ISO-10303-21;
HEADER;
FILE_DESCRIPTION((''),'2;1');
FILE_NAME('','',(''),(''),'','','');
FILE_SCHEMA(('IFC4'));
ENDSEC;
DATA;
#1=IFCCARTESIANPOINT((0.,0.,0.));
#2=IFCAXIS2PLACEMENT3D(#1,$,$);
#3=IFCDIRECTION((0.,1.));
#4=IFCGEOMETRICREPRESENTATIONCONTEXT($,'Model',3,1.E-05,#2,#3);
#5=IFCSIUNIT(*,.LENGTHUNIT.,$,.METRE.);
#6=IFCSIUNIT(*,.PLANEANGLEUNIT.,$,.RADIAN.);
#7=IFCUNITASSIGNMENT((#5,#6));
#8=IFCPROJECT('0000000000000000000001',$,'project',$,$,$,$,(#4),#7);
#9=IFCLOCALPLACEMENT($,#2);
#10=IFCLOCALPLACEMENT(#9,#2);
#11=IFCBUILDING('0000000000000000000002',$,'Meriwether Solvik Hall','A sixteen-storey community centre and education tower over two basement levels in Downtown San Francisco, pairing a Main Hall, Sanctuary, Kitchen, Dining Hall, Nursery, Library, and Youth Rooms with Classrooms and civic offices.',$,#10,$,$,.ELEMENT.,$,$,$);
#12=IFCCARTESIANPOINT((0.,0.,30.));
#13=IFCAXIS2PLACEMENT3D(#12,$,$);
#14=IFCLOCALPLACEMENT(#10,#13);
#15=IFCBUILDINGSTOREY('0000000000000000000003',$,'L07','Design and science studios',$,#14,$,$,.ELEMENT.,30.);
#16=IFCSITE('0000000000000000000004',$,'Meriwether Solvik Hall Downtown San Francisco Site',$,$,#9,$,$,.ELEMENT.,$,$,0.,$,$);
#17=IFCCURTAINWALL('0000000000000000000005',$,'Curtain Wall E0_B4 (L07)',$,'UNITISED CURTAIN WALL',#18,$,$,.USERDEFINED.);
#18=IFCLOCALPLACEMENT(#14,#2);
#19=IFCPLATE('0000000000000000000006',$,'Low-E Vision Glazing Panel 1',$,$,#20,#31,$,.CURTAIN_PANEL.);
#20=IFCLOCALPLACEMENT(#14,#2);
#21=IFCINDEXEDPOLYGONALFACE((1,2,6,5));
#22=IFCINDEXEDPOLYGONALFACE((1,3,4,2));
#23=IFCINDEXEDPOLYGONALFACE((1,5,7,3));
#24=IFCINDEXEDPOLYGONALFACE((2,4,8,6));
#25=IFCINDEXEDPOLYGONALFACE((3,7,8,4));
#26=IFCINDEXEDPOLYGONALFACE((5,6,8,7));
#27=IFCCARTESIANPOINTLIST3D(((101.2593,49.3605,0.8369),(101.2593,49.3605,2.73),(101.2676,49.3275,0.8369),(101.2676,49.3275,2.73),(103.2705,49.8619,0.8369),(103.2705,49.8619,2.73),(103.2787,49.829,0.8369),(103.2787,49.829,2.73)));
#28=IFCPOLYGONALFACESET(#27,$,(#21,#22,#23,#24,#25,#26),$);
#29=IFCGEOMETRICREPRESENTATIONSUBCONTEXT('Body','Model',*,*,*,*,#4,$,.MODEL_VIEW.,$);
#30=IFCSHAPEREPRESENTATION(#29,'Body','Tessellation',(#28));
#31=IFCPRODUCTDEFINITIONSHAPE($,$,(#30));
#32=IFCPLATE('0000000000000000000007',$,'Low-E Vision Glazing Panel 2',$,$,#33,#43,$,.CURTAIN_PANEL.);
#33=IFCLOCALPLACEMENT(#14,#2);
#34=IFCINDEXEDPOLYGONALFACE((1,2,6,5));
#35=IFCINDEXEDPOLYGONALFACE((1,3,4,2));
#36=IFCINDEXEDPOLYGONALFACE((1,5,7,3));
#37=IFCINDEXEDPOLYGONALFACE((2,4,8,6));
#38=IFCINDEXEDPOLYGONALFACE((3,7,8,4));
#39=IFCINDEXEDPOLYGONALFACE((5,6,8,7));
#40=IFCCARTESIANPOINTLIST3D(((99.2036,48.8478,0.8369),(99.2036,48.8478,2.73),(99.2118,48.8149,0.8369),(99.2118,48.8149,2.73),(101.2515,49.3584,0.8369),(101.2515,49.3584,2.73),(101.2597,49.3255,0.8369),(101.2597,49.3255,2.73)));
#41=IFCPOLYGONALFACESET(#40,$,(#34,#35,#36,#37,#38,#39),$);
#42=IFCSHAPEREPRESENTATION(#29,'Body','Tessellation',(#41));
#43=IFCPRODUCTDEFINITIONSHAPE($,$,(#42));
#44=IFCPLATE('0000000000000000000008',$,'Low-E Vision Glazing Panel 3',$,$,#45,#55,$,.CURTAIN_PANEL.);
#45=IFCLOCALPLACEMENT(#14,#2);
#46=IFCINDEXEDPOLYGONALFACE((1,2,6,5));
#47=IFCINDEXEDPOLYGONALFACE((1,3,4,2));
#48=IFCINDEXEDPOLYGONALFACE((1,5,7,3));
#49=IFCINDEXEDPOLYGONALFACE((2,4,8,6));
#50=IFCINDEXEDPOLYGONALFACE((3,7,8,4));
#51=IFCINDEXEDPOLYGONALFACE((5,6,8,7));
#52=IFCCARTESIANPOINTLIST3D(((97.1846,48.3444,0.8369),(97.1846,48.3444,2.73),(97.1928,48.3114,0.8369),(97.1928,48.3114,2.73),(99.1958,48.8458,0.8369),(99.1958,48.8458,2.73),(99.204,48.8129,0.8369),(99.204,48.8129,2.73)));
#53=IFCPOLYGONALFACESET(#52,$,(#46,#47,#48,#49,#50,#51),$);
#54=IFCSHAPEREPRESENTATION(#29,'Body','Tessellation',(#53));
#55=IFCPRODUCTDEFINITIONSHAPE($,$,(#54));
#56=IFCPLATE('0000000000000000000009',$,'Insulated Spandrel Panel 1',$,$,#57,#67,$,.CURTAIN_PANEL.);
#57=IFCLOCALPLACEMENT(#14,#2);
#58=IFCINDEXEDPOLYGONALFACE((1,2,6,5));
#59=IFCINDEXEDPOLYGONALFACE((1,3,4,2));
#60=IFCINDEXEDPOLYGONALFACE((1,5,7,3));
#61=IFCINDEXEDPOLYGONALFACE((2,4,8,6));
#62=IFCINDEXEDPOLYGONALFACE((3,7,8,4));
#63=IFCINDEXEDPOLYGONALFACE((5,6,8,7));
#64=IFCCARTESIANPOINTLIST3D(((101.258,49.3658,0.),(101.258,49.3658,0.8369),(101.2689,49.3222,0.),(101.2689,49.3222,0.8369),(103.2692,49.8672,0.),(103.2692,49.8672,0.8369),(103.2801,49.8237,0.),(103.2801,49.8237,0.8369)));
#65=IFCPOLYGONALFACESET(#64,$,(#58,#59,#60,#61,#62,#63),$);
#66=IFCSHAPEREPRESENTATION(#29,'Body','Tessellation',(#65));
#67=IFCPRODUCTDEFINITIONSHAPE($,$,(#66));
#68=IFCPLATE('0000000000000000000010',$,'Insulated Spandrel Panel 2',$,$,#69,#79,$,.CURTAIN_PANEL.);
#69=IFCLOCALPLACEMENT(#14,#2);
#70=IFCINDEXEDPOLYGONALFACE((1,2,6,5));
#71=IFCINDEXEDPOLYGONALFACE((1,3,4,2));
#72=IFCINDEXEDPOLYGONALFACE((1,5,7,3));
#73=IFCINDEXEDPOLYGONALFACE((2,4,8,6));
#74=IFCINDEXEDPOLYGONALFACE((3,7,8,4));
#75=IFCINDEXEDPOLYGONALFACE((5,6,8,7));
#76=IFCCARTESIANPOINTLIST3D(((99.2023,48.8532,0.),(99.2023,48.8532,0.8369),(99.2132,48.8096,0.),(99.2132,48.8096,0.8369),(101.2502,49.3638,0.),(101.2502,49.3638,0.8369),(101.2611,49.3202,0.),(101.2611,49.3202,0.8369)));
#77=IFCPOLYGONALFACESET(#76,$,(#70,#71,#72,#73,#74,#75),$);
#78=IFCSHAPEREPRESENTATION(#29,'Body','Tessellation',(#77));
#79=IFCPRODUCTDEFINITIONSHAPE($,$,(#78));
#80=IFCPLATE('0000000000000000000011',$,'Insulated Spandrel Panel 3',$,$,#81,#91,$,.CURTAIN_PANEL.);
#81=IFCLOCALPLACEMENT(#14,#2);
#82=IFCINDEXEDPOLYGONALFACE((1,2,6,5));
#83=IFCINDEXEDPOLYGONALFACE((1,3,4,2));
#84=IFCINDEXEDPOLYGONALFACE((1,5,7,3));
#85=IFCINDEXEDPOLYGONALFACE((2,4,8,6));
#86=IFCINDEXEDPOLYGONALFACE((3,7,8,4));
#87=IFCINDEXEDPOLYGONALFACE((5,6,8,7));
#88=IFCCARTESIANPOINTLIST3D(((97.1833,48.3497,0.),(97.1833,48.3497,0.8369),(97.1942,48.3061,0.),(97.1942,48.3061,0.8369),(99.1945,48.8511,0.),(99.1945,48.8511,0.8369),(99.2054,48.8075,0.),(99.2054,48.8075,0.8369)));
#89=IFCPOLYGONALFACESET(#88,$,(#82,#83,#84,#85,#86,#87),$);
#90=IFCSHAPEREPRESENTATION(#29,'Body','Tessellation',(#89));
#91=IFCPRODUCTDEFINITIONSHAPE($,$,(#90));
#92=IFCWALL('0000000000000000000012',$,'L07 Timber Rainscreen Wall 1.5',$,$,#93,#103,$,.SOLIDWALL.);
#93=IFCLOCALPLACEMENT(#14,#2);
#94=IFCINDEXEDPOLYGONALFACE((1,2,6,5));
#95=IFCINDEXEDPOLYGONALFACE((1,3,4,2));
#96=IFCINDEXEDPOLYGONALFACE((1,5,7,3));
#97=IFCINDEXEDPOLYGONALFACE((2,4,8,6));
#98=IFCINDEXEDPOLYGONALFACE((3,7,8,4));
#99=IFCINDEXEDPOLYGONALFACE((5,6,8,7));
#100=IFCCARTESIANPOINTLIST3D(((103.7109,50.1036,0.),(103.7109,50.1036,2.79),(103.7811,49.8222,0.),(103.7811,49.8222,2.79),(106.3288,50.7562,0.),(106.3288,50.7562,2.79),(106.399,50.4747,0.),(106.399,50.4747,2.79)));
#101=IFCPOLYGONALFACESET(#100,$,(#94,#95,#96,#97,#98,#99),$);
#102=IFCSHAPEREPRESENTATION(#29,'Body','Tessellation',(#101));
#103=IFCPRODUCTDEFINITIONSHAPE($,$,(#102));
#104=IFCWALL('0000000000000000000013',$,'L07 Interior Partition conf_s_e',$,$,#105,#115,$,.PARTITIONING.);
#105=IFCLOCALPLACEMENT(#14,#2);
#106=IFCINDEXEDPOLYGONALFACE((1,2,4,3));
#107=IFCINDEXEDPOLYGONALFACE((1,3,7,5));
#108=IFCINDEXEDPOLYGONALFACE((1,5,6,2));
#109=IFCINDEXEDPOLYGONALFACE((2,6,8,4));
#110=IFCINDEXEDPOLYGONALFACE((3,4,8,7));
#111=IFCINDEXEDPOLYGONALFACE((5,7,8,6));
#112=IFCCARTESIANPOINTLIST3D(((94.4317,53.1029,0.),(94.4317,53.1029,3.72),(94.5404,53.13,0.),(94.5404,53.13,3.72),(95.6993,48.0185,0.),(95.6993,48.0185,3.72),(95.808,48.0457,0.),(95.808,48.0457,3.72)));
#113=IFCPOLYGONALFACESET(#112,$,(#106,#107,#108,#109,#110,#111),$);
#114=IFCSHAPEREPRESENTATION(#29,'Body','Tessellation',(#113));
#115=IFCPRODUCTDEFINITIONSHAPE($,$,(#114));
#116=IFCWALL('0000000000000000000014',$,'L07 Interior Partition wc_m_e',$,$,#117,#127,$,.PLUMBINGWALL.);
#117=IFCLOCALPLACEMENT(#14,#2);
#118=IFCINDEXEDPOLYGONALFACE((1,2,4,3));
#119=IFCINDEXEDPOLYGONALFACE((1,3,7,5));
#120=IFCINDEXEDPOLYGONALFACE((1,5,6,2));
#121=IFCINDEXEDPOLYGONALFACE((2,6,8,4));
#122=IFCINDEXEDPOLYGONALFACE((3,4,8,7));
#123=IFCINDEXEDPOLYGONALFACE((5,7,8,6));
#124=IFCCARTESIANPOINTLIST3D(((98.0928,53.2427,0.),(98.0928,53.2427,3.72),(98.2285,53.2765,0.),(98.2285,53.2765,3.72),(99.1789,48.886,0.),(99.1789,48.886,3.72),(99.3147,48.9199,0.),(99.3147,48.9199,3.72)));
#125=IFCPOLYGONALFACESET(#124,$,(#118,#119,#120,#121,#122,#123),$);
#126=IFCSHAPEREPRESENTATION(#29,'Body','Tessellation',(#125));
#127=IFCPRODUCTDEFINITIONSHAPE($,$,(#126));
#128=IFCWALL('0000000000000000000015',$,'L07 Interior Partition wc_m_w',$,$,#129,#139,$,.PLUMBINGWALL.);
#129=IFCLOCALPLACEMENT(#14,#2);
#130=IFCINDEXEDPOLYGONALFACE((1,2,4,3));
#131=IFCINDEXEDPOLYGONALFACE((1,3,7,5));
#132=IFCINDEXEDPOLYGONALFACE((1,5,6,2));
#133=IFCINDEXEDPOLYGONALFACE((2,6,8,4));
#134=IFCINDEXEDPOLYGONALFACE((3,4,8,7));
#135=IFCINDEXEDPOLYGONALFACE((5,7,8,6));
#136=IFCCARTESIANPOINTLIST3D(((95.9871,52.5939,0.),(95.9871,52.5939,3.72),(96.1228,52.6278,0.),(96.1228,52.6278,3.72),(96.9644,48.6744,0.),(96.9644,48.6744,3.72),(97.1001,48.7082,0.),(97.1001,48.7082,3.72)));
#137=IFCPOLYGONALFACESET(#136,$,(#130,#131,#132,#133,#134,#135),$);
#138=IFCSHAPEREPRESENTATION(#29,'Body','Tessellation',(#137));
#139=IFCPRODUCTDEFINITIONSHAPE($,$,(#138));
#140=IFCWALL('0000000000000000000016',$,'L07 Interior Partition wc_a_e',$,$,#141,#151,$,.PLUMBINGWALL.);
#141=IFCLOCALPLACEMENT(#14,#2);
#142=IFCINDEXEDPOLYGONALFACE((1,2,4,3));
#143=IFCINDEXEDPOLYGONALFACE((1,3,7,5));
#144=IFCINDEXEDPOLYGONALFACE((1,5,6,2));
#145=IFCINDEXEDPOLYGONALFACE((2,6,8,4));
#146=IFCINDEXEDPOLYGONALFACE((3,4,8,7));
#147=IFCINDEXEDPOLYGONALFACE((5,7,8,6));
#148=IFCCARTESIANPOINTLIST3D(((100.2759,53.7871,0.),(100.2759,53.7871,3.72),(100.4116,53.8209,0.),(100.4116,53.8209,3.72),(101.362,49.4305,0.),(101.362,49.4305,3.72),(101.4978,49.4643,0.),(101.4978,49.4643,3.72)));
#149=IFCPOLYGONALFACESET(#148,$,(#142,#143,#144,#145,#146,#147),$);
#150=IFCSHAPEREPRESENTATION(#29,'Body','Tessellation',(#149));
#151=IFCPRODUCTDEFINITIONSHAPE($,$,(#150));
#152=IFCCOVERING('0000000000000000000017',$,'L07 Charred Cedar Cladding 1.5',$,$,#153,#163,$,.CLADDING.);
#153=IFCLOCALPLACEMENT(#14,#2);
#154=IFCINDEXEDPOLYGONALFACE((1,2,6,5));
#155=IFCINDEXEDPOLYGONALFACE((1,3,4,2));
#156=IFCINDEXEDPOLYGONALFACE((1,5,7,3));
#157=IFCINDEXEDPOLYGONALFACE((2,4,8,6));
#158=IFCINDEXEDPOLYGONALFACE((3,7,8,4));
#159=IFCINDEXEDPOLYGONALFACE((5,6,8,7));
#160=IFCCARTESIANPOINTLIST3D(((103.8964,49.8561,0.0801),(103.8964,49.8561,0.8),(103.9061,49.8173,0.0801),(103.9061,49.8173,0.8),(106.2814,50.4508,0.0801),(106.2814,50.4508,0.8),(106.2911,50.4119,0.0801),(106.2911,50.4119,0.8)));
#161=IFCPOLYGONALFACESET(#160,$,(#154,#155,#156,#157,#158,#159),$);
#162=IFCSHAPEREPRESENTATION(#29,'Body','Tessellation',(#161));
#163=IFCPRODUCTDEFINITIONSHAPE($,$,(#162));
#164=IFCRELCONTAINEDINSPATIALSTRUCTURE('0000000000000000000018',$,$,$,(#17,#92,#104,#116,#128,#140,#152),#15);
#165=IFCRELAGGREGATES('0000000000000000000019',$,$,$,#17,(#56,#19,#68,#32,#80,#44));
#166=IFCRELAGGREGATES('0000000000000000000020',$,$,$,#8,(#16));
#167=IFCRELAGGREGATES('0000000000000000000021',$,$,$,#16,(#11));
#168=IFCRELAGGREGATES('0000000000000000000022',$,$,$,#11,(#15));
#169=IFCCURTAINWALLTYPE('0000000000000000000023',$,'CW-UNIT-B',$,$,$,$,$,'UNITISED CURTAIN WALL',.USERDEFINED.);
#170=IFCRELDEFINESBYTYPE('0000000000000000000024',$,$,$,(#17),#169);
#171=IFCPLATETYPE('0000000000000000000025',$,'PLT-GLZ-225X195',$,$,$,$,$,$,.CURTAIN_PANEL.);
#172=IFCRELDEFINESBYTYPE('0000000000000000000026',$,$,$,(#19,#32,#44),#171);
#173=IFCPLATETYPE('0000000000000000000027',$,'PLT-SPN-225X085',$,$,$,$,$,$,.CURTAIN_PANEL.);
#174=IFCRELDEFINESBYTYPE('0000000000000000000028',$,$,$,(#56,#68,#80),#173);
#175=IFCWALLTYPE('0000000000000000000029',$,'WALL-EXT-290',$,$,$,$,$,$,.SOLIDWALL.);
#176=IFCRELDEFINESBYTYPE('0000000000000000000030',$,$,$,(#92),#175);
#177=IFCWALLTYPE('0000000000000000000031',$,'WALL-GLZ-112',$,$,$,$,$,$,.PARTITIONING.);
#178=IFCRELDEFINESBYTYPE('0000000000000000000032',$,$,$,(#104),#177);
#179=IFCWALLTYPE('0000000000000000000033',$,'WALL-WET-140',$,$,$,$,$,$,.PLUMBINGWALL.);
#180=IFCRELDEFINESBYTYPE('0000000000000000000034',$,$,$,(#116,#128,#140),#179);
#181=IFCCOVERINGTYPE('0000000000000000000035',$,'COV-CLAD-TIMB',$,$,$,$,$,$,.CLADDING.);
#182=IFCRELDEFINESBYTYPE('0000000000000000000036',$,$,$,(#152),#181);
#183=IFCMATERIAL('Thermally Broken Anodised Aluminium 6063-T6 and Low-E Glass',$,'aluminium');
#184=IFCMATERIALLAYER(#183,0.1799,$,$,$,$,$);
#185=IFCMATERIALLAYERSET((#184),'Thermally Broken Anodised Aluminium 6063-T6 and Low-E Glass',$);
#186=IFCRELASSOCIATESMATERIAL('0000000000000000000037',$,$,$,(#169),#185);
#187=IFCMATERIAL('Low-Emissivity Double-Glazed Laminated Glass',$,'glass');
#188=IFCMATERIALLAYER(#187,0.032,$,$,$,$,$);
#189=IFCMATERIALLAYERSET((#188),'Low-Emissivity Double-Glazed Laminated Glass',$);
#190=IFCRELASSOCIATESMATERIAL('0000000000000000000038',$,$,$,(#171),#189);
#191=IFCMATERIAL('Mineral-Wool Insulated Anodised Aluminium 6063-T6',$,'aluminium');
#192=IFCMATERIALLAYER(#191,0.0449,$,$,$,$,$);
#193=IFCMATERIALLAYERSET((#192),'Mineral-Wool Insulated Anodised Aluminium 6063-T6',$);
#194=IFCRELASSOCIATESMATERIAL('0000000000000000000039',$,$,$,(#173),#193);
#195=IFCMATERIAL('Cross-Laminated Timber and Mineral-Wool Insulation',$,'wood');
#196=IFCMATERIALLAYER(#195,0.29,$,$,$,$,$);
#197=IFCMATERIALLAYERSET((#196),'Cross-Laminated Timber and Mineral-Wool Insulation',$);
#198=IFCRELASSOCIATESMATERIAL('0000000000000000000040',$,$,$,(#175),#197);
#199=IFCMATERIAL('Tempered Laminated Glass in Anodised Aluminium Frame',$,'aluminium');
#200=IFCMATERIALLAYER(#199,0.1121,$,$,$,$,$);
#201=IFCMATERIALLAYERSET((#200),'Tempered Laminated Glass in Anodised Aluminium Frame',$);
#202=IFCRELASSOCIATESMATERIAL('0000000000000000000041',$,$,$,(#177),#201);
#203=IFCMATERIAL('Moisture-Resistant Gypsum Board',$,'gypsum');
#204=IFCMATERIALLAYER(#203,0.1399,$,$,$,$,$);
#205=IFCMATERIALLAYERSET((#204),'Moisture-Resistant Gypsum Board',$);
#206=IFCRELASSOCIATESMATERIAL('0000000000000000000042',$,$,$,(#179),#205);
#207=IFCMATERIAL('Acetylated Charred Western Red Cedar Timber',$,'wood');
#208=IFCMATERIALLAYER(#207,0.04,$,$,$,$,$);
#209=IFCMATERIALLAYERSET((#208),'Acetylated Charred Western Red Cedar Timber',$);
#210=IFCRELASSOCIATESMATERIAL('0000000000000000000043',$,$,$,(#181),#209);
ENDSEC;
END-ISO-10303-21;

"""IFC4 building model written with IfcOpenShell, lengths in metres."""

from ifc_helpers import new_model, si_unit, direction, frame, frame_2d, origin, origin_2d, place, context, subcontext, project, spatial, rectangle, extrude, material, layer, layer_set, type_object, element, aggregate, save


model = new_model("IFC4")

# Units and contexts
model_context = context("Model", 3, precision=1e-05, world=origin(), true_north=direction((0.0, 1.0)))
body_context = subcontext(model_context, "Body", "Model", "MODEL_VIEW")
ifc_project = project(units=[si_unit("LENGTHUNIT", "METRE"), si_unit("PLANEANGLEUNIT", "RADIAN")], contexts=[model_context])

# Site, building, storey
site_placement = place(None, origin())
site = spatial("IfcSite", under=ifc_project, at=site_placement, Name="Meriwether Solvik Hall Downtown San Francisco Site", CompositionType="ELEMENT", RefElevation=0.0)
building_placement = place(site_placement, origin())
building = spatial("IfcBuilding", under=site, at=building_placement, Name="Meriwether Solvik Hall", Description="A sixteen-storey community centre and education tower over two basement levels in Downtown San Francisco, pairing a Main Hall, Sanctuary, Kitchen, Dining Hall, Nursery, Library, and Youth Rooms with Classrooms and civic offices.", CompositionType="ELEMENT")
storey_placement = place(building_placement, frame((0.0, 0.0, 30.0)))
storey = spatial("IfcBuildingStorey", under=building, at=storey_placement, Name="L07", Description="Design and science studios", CompositionType="ELEMENT", Elevation=30.0)

# Curtain wall
ifc_material_1 = material(Name="Thermally Broken Anodised Aluminium 6063-T6 and Low-E Glass", Category="aluminium")
ifc_layer_1 = layer(ifc_material_1, 0.1799)
ifc_layer_set_1 = layer_set([ifc_layer_1], Name="Thermally Broken Anodised Aluminium 6063-T6 and Low-E Glass")
curtain_wall_type_1 = type_object("IfcCurtainWallType", Name="CW-UNIT-B", ElementType="UNITISED CURTAIN WALL", PredefinedType="USERDEFINED", material=ifc_layer_set_1)
curtain_wall_1_placement = place(storey_placement, origin())
curtain_wall_1 = element("IfcCurtainWall", 1, at=curtain_wall_1_placement, inside=storey, type_object=curtain_wall_type_1, Name="Curtain Wall E0_B4 (L07)", ObjectType="UNITISED CURTAIN WALL", PredefinedType="USERDEFINED")

# Plates
ifc_material_2 = material(Name="Low-Emissivity Double-Glazed Laminated Glass", Category="glass")
ifc_layer_2 = layer(ifc_material_2, 0.032)
ifc_layer_set_2 = layer_set([ifc_layer_2], Name="Low-Emissivity Double-Glazed Laminated Glass")
plate_type_1 = type_object("IfcPlateType", Name="PLT-GLZ-225X195", PredefinedType="CURTAIN_PANEL", material=ifc_layer_set_2)
plate_1_placement = place(storey_placement, frame((102.269, 49.5947, 0.8369), z_axis=(0.0, 0.0, 1.0), x_axis=(-0.970296, -0.241922, 0.0)))
plate_1 = element("IfcPlate", 2, at=plate_1_placement, type_object=plate_type_1, Name="Low-E Vision Glazing Panel 1", PredefinedType="CURTAIN_PANEL", context=body_context, shape_type="SweptSolid", body=[
    extrude(rectangle(XDim=2.0728, YDim=0.0339, at=origin_2d()), origin(), (0.0, 0.0, 1.0), 1.8931),
])
plate_2_placement = place(storey_placement, frame((100.2317, 49.0867, 0.8369), z_axis=(0.0, 0.0, 1.0), x_axis=(-0.970296, -0.241922, 0.0)))
plate_2 = element("IfcPlate", 3, at=plate_2_placement, type_object=plate_type_1, Name="Low-E Vision Glazing Panel 2", PredefinedType="CURTAIN_PANEL", context=body_context, shape_type="SweptSolid", body=[
    extrude(rectangle(XDim=2.1106, YDim=0.0339, at=origin_2d()), origin(), (0.0, 0.0, 1.0), 1.8931),
])
plate_3_placement = place(storey_placement, frame((98.1943, 48.5786, 0.8369), z_axis=(0.0, 0.0, 1.0), x_axis=(-0.970296, -0.241922, 0.0)))
plate_3 = element("IfcPlate", 4, at=plate_3_placement, type_object=plate_type_1, Name="Low-E Vision Glazing Panel 3", PredefinedType="CURTAIN_PANEL", context=body_context, shape_type="SweptSolid", body=[
    extrude(rectangle(XDim=2.0728, YDim=0.0339, at=origin_2d()), origin(), (0.0, 0.0, 1.0), 1.8931),
])
ifc_material_3 = material(Name="Mineral-Wool Insulated Anodised Aluminium 6063-T6", Category="aluminium")
ifc_layer_3 = layer(ifc_material_3, 0.0449)
ifc_layer_set_3 = layer_set([ifc_layer_3], Name="Mineral-Wool Insulated Anodised Aluminium 6063-T6")
plate_type_2 = type_object("IfcPlateType", Name="PLT-SPN-225X085", PredefinedType="CURTAIN_PANEL", material=ifc_layer_set_3)
plate_4_placement = place(storey_placement, frame((102.269, 49.5947, 0.0), z_axis=(0.0, 0.0, 1.0), x_axis=(-0.970296, -0.241922, 0.0)))
plate_4 = element("IfcPlate", 5, at=plate_4_placement, type_object=plate_type_2, Name="Insulated Spandrel Panel 1", PredefinedType="CURTAIN_PANEL", context=body_context, shape_type="SweptSolid", body=[
    extrude(rectangle(XDim=2.0728, YDim=0.0449, at=origin_2d()), origin(), (0.0, 0.0, 1.0), 0.8369),
])
plate_5_placement = place(storey_placement, frame((100.2317, 49.0867, 0.0), z_axis=(0.0, 0.0, 1.0), x_axis=(-0.970296, -0.241922, 0.0)))
plate_5 = element("IfcPlate", 6, at=plate_5_placement, type_object=plate_type_2, Name="Insulated Spandrel Panel 2", PredefinedType="CURTAIN_PANEL", context=body_context, shape_type="SweptSolid", body=[
    extrude(rectangle(XDim=2.1106, YDim=0.0449, at=origin_2d()), origin(), (0.0, 0.0, 1.0), 0.8369),
])
plate_6_placement = place(storey_placement, frame((98.1943, 48.5786, 0.0), z_axis=(0.0, 0.0, 1.0), x_axis=(-0.970296, -0.241922, 0.0)))
plate_6 = element("IfcPlate", 7, at=plate_6_placement, type_object=plate_type_2, Name="Insulated Spandrel Panel 3", PredefinedType="CURTAIN_PANEL", context=body_context, shape_type="SweptSolid", body=[
    extrude(rectangle(XDim=2.0728, YDim=0.0449, at=origin_2d()), origin(), (0.0, 0.0, 1.0), 0.8369),
])
aggregate(curtain_wall_1, [plate_4, plate_1, plate_5, plate_2, plate_6, plate_3])

# Walls
ifc_material_4 = material(Name="Cross-Laminated Timber and Mineral-Wool Insulation", Category="wood")
ifc_layer_4 = layer(ifc_material_4, 0.29)
ifc_layer_set_4 = layer_set([ifc_layer_4], Name="Cross-Laminated Timber and Mineral-Wool Insulation")
wall_type_1 = type_object("IfcWallType", Name="WALL-EXT-290", PredefinedType="SOLIDWALL", material=ifc_layer_set_4)
wall_1_placement = place(storey_placement, frame((106.364, 50.6155, 0.0), z_axis=(0.0, 0.0, 1.0), x_axis=(-0.970307, -0.241876, 0.0)))
element("IfcWall", 8, at=wall_1_placement, inside=storey, type_object=wall_type_1, Name="L07 Timber Rainscreen Wall 1.5", PredefinedType="SOLIDWALL", context=body_context, shape_type="SweptSolid", body=[
    extrude(rectangle(XDim=2.698, YDim=0.29, at=frame_2d((1.3491, 0.0))), origin(), (0.0, 0.0, 1.0), 2.79),
])
ifc_material_5 = material(Name="Tempered Laminated Glass in Anodised Aluminium Frame", Category="aluminium")
ifc_layer_5 = layer(ifc_material_5, 0.1121)
ifc_layer_set_5 = layer_set([ifc_layer_5], Name="Tempered Laminated Glass in Anodised Aluminium Frame")
wall_type_2 = type_object("IfcWallType", Name="WALL-GLZ-112", PredefinedType="PARTITIONING", material=ifc_layer_set_5)
wall_2_placement = place(storey_placement, frame((95.7537, 48.032, 0.0), z_axis=(0.0, 0.0, 1.0), x_axis=(-0.2419, 0.970301, 0.0)))
element("IfcWall", 9, at=wall_2_placement, inside=storey, type_object=wall_type_2, Name="L07 Interior Partition conf_s_e", PredefinedType="PARTITIONING", context=body_context, shape_type="SweptSolid", body=[
    extrude(rectangle(XDim=5.24, YDim=0.1121, at=frame_2d((2.6201, 0.0))), origin(), (0.0, 0.0, 1.0), 3.72),
])
ifc_material_6 = material(Name="Moisture-Resistant Gypsum Board", Category="gypsum")
ifc_layer_6 = layer(ifc_material_6, 0.1399)
ifc_layer_set_6 = layer_set([ifc_layer_6], Name="Moisture-Resistant Gypsum Board")
wall_type_3 = type_object("IfcWallType", Name="WALL-WET-140", PredefinedType="PLUMBINGWALL", material=ifc_layer_set_6)
wall_3_placement = place(storey_placement, frame((99.2468, 48.9028, 0.0), z_axis=(0.0, 0.0, 1.0), x_axis=(-0.241909, 0.970299, 0.0)))
element("IfcWall", 10, at=wall_3_placement, inside=storey, type_object=wall_type_3, Name="L07 Interior Partition wc_m_e", PredefinedType="PLUMBINGWALL", context=body_context, shape_type="SweptSolid", body=[
    extrude(rectangle(XDim=4.49, YDim=0.1399, at=frame_2d((2.2451, 0.0))), origin(), (0.0, 0.0, 1.0), 3.72),
])
wall_4_placement = place(storey_placement, frame((96.0549, 52.6108, 0.0), z_axis=(0.0, 0.0, 1.0), x_axis=(0.241938, -0.970292, 0.0)))
element("IfcWall", 11, at=wall_4_placement, inside=storey, type_object=wall_type_3, Name="L07 Interior Partition wc_m_w", PredefinedType="PLUMBINGWALL", context=body_context, shape_type="SweptSolid", body=[
    extrude(rectangle(XDim=4.0396, YDim=0.1399, at=frame_2d((2.0198, 0.0))), origin(), (0.0, 0.0, 1.0), 3.72),
])
wall_5_placement = place(storey_placement, frame((101.4299, 49.4473, 0.0), z_axis=(0.0, 0.0, 1.0), x_axis=(-0.241909, 0.970299, 0.0)))
element("IfcWall", 12, at=wall_5_placement, inside=storey, type_object=wall_type_3, Name="L07 Interior Partition wc_a_e", PredefinedType="PLUMBINGWALL", context=body_context, shape_type="SweptSolid", body=[
    extrude(rectangle(XDim=4.49, YDim=0.1399, at=frame_2d((2.2451, 0.0))), origin(), (0.0, 0.0, 1.0), 3.72),
])

# Covering
ifc_material_7 = material(Name="Acetylated Charred Western Red Cedar Timber", Category="wood")
ifc_layer_7 = layer(ifc_material_7, 0.04)
ifc_layer_set_7 = layer_set([ifc_layer_7], Name="Acetylated Charred Western Red Cedar Timber")
covering_type = type_object("IfcCoveringType", Name="COV-CLAD-TIMB", PredefinedType="CLADDING", material=ifc_layer_set_7)
covering_placement = place(storey_placement, frame((105.0938, 50.134, 0.0801), z_axis=(0.0, 0.0, 1.0), x_axis=(-0.970296, -0.241922, 0.0)))
element("IfcCovering", 13, at=covering_placement, inside=storey, type_object=covering_type, Name="L07 Charred Cedar Cladding 1.5", PredefinedType="CLADDING", context=body_context, shape_type="SweptSolid", body=[
    extrude(rectangle(XDim=2.458, YDim=0.04, at=origin_2d()), origin(), (0.0, 0.0, 1.0), 0.72),
])

save(model, "model.ifc")
